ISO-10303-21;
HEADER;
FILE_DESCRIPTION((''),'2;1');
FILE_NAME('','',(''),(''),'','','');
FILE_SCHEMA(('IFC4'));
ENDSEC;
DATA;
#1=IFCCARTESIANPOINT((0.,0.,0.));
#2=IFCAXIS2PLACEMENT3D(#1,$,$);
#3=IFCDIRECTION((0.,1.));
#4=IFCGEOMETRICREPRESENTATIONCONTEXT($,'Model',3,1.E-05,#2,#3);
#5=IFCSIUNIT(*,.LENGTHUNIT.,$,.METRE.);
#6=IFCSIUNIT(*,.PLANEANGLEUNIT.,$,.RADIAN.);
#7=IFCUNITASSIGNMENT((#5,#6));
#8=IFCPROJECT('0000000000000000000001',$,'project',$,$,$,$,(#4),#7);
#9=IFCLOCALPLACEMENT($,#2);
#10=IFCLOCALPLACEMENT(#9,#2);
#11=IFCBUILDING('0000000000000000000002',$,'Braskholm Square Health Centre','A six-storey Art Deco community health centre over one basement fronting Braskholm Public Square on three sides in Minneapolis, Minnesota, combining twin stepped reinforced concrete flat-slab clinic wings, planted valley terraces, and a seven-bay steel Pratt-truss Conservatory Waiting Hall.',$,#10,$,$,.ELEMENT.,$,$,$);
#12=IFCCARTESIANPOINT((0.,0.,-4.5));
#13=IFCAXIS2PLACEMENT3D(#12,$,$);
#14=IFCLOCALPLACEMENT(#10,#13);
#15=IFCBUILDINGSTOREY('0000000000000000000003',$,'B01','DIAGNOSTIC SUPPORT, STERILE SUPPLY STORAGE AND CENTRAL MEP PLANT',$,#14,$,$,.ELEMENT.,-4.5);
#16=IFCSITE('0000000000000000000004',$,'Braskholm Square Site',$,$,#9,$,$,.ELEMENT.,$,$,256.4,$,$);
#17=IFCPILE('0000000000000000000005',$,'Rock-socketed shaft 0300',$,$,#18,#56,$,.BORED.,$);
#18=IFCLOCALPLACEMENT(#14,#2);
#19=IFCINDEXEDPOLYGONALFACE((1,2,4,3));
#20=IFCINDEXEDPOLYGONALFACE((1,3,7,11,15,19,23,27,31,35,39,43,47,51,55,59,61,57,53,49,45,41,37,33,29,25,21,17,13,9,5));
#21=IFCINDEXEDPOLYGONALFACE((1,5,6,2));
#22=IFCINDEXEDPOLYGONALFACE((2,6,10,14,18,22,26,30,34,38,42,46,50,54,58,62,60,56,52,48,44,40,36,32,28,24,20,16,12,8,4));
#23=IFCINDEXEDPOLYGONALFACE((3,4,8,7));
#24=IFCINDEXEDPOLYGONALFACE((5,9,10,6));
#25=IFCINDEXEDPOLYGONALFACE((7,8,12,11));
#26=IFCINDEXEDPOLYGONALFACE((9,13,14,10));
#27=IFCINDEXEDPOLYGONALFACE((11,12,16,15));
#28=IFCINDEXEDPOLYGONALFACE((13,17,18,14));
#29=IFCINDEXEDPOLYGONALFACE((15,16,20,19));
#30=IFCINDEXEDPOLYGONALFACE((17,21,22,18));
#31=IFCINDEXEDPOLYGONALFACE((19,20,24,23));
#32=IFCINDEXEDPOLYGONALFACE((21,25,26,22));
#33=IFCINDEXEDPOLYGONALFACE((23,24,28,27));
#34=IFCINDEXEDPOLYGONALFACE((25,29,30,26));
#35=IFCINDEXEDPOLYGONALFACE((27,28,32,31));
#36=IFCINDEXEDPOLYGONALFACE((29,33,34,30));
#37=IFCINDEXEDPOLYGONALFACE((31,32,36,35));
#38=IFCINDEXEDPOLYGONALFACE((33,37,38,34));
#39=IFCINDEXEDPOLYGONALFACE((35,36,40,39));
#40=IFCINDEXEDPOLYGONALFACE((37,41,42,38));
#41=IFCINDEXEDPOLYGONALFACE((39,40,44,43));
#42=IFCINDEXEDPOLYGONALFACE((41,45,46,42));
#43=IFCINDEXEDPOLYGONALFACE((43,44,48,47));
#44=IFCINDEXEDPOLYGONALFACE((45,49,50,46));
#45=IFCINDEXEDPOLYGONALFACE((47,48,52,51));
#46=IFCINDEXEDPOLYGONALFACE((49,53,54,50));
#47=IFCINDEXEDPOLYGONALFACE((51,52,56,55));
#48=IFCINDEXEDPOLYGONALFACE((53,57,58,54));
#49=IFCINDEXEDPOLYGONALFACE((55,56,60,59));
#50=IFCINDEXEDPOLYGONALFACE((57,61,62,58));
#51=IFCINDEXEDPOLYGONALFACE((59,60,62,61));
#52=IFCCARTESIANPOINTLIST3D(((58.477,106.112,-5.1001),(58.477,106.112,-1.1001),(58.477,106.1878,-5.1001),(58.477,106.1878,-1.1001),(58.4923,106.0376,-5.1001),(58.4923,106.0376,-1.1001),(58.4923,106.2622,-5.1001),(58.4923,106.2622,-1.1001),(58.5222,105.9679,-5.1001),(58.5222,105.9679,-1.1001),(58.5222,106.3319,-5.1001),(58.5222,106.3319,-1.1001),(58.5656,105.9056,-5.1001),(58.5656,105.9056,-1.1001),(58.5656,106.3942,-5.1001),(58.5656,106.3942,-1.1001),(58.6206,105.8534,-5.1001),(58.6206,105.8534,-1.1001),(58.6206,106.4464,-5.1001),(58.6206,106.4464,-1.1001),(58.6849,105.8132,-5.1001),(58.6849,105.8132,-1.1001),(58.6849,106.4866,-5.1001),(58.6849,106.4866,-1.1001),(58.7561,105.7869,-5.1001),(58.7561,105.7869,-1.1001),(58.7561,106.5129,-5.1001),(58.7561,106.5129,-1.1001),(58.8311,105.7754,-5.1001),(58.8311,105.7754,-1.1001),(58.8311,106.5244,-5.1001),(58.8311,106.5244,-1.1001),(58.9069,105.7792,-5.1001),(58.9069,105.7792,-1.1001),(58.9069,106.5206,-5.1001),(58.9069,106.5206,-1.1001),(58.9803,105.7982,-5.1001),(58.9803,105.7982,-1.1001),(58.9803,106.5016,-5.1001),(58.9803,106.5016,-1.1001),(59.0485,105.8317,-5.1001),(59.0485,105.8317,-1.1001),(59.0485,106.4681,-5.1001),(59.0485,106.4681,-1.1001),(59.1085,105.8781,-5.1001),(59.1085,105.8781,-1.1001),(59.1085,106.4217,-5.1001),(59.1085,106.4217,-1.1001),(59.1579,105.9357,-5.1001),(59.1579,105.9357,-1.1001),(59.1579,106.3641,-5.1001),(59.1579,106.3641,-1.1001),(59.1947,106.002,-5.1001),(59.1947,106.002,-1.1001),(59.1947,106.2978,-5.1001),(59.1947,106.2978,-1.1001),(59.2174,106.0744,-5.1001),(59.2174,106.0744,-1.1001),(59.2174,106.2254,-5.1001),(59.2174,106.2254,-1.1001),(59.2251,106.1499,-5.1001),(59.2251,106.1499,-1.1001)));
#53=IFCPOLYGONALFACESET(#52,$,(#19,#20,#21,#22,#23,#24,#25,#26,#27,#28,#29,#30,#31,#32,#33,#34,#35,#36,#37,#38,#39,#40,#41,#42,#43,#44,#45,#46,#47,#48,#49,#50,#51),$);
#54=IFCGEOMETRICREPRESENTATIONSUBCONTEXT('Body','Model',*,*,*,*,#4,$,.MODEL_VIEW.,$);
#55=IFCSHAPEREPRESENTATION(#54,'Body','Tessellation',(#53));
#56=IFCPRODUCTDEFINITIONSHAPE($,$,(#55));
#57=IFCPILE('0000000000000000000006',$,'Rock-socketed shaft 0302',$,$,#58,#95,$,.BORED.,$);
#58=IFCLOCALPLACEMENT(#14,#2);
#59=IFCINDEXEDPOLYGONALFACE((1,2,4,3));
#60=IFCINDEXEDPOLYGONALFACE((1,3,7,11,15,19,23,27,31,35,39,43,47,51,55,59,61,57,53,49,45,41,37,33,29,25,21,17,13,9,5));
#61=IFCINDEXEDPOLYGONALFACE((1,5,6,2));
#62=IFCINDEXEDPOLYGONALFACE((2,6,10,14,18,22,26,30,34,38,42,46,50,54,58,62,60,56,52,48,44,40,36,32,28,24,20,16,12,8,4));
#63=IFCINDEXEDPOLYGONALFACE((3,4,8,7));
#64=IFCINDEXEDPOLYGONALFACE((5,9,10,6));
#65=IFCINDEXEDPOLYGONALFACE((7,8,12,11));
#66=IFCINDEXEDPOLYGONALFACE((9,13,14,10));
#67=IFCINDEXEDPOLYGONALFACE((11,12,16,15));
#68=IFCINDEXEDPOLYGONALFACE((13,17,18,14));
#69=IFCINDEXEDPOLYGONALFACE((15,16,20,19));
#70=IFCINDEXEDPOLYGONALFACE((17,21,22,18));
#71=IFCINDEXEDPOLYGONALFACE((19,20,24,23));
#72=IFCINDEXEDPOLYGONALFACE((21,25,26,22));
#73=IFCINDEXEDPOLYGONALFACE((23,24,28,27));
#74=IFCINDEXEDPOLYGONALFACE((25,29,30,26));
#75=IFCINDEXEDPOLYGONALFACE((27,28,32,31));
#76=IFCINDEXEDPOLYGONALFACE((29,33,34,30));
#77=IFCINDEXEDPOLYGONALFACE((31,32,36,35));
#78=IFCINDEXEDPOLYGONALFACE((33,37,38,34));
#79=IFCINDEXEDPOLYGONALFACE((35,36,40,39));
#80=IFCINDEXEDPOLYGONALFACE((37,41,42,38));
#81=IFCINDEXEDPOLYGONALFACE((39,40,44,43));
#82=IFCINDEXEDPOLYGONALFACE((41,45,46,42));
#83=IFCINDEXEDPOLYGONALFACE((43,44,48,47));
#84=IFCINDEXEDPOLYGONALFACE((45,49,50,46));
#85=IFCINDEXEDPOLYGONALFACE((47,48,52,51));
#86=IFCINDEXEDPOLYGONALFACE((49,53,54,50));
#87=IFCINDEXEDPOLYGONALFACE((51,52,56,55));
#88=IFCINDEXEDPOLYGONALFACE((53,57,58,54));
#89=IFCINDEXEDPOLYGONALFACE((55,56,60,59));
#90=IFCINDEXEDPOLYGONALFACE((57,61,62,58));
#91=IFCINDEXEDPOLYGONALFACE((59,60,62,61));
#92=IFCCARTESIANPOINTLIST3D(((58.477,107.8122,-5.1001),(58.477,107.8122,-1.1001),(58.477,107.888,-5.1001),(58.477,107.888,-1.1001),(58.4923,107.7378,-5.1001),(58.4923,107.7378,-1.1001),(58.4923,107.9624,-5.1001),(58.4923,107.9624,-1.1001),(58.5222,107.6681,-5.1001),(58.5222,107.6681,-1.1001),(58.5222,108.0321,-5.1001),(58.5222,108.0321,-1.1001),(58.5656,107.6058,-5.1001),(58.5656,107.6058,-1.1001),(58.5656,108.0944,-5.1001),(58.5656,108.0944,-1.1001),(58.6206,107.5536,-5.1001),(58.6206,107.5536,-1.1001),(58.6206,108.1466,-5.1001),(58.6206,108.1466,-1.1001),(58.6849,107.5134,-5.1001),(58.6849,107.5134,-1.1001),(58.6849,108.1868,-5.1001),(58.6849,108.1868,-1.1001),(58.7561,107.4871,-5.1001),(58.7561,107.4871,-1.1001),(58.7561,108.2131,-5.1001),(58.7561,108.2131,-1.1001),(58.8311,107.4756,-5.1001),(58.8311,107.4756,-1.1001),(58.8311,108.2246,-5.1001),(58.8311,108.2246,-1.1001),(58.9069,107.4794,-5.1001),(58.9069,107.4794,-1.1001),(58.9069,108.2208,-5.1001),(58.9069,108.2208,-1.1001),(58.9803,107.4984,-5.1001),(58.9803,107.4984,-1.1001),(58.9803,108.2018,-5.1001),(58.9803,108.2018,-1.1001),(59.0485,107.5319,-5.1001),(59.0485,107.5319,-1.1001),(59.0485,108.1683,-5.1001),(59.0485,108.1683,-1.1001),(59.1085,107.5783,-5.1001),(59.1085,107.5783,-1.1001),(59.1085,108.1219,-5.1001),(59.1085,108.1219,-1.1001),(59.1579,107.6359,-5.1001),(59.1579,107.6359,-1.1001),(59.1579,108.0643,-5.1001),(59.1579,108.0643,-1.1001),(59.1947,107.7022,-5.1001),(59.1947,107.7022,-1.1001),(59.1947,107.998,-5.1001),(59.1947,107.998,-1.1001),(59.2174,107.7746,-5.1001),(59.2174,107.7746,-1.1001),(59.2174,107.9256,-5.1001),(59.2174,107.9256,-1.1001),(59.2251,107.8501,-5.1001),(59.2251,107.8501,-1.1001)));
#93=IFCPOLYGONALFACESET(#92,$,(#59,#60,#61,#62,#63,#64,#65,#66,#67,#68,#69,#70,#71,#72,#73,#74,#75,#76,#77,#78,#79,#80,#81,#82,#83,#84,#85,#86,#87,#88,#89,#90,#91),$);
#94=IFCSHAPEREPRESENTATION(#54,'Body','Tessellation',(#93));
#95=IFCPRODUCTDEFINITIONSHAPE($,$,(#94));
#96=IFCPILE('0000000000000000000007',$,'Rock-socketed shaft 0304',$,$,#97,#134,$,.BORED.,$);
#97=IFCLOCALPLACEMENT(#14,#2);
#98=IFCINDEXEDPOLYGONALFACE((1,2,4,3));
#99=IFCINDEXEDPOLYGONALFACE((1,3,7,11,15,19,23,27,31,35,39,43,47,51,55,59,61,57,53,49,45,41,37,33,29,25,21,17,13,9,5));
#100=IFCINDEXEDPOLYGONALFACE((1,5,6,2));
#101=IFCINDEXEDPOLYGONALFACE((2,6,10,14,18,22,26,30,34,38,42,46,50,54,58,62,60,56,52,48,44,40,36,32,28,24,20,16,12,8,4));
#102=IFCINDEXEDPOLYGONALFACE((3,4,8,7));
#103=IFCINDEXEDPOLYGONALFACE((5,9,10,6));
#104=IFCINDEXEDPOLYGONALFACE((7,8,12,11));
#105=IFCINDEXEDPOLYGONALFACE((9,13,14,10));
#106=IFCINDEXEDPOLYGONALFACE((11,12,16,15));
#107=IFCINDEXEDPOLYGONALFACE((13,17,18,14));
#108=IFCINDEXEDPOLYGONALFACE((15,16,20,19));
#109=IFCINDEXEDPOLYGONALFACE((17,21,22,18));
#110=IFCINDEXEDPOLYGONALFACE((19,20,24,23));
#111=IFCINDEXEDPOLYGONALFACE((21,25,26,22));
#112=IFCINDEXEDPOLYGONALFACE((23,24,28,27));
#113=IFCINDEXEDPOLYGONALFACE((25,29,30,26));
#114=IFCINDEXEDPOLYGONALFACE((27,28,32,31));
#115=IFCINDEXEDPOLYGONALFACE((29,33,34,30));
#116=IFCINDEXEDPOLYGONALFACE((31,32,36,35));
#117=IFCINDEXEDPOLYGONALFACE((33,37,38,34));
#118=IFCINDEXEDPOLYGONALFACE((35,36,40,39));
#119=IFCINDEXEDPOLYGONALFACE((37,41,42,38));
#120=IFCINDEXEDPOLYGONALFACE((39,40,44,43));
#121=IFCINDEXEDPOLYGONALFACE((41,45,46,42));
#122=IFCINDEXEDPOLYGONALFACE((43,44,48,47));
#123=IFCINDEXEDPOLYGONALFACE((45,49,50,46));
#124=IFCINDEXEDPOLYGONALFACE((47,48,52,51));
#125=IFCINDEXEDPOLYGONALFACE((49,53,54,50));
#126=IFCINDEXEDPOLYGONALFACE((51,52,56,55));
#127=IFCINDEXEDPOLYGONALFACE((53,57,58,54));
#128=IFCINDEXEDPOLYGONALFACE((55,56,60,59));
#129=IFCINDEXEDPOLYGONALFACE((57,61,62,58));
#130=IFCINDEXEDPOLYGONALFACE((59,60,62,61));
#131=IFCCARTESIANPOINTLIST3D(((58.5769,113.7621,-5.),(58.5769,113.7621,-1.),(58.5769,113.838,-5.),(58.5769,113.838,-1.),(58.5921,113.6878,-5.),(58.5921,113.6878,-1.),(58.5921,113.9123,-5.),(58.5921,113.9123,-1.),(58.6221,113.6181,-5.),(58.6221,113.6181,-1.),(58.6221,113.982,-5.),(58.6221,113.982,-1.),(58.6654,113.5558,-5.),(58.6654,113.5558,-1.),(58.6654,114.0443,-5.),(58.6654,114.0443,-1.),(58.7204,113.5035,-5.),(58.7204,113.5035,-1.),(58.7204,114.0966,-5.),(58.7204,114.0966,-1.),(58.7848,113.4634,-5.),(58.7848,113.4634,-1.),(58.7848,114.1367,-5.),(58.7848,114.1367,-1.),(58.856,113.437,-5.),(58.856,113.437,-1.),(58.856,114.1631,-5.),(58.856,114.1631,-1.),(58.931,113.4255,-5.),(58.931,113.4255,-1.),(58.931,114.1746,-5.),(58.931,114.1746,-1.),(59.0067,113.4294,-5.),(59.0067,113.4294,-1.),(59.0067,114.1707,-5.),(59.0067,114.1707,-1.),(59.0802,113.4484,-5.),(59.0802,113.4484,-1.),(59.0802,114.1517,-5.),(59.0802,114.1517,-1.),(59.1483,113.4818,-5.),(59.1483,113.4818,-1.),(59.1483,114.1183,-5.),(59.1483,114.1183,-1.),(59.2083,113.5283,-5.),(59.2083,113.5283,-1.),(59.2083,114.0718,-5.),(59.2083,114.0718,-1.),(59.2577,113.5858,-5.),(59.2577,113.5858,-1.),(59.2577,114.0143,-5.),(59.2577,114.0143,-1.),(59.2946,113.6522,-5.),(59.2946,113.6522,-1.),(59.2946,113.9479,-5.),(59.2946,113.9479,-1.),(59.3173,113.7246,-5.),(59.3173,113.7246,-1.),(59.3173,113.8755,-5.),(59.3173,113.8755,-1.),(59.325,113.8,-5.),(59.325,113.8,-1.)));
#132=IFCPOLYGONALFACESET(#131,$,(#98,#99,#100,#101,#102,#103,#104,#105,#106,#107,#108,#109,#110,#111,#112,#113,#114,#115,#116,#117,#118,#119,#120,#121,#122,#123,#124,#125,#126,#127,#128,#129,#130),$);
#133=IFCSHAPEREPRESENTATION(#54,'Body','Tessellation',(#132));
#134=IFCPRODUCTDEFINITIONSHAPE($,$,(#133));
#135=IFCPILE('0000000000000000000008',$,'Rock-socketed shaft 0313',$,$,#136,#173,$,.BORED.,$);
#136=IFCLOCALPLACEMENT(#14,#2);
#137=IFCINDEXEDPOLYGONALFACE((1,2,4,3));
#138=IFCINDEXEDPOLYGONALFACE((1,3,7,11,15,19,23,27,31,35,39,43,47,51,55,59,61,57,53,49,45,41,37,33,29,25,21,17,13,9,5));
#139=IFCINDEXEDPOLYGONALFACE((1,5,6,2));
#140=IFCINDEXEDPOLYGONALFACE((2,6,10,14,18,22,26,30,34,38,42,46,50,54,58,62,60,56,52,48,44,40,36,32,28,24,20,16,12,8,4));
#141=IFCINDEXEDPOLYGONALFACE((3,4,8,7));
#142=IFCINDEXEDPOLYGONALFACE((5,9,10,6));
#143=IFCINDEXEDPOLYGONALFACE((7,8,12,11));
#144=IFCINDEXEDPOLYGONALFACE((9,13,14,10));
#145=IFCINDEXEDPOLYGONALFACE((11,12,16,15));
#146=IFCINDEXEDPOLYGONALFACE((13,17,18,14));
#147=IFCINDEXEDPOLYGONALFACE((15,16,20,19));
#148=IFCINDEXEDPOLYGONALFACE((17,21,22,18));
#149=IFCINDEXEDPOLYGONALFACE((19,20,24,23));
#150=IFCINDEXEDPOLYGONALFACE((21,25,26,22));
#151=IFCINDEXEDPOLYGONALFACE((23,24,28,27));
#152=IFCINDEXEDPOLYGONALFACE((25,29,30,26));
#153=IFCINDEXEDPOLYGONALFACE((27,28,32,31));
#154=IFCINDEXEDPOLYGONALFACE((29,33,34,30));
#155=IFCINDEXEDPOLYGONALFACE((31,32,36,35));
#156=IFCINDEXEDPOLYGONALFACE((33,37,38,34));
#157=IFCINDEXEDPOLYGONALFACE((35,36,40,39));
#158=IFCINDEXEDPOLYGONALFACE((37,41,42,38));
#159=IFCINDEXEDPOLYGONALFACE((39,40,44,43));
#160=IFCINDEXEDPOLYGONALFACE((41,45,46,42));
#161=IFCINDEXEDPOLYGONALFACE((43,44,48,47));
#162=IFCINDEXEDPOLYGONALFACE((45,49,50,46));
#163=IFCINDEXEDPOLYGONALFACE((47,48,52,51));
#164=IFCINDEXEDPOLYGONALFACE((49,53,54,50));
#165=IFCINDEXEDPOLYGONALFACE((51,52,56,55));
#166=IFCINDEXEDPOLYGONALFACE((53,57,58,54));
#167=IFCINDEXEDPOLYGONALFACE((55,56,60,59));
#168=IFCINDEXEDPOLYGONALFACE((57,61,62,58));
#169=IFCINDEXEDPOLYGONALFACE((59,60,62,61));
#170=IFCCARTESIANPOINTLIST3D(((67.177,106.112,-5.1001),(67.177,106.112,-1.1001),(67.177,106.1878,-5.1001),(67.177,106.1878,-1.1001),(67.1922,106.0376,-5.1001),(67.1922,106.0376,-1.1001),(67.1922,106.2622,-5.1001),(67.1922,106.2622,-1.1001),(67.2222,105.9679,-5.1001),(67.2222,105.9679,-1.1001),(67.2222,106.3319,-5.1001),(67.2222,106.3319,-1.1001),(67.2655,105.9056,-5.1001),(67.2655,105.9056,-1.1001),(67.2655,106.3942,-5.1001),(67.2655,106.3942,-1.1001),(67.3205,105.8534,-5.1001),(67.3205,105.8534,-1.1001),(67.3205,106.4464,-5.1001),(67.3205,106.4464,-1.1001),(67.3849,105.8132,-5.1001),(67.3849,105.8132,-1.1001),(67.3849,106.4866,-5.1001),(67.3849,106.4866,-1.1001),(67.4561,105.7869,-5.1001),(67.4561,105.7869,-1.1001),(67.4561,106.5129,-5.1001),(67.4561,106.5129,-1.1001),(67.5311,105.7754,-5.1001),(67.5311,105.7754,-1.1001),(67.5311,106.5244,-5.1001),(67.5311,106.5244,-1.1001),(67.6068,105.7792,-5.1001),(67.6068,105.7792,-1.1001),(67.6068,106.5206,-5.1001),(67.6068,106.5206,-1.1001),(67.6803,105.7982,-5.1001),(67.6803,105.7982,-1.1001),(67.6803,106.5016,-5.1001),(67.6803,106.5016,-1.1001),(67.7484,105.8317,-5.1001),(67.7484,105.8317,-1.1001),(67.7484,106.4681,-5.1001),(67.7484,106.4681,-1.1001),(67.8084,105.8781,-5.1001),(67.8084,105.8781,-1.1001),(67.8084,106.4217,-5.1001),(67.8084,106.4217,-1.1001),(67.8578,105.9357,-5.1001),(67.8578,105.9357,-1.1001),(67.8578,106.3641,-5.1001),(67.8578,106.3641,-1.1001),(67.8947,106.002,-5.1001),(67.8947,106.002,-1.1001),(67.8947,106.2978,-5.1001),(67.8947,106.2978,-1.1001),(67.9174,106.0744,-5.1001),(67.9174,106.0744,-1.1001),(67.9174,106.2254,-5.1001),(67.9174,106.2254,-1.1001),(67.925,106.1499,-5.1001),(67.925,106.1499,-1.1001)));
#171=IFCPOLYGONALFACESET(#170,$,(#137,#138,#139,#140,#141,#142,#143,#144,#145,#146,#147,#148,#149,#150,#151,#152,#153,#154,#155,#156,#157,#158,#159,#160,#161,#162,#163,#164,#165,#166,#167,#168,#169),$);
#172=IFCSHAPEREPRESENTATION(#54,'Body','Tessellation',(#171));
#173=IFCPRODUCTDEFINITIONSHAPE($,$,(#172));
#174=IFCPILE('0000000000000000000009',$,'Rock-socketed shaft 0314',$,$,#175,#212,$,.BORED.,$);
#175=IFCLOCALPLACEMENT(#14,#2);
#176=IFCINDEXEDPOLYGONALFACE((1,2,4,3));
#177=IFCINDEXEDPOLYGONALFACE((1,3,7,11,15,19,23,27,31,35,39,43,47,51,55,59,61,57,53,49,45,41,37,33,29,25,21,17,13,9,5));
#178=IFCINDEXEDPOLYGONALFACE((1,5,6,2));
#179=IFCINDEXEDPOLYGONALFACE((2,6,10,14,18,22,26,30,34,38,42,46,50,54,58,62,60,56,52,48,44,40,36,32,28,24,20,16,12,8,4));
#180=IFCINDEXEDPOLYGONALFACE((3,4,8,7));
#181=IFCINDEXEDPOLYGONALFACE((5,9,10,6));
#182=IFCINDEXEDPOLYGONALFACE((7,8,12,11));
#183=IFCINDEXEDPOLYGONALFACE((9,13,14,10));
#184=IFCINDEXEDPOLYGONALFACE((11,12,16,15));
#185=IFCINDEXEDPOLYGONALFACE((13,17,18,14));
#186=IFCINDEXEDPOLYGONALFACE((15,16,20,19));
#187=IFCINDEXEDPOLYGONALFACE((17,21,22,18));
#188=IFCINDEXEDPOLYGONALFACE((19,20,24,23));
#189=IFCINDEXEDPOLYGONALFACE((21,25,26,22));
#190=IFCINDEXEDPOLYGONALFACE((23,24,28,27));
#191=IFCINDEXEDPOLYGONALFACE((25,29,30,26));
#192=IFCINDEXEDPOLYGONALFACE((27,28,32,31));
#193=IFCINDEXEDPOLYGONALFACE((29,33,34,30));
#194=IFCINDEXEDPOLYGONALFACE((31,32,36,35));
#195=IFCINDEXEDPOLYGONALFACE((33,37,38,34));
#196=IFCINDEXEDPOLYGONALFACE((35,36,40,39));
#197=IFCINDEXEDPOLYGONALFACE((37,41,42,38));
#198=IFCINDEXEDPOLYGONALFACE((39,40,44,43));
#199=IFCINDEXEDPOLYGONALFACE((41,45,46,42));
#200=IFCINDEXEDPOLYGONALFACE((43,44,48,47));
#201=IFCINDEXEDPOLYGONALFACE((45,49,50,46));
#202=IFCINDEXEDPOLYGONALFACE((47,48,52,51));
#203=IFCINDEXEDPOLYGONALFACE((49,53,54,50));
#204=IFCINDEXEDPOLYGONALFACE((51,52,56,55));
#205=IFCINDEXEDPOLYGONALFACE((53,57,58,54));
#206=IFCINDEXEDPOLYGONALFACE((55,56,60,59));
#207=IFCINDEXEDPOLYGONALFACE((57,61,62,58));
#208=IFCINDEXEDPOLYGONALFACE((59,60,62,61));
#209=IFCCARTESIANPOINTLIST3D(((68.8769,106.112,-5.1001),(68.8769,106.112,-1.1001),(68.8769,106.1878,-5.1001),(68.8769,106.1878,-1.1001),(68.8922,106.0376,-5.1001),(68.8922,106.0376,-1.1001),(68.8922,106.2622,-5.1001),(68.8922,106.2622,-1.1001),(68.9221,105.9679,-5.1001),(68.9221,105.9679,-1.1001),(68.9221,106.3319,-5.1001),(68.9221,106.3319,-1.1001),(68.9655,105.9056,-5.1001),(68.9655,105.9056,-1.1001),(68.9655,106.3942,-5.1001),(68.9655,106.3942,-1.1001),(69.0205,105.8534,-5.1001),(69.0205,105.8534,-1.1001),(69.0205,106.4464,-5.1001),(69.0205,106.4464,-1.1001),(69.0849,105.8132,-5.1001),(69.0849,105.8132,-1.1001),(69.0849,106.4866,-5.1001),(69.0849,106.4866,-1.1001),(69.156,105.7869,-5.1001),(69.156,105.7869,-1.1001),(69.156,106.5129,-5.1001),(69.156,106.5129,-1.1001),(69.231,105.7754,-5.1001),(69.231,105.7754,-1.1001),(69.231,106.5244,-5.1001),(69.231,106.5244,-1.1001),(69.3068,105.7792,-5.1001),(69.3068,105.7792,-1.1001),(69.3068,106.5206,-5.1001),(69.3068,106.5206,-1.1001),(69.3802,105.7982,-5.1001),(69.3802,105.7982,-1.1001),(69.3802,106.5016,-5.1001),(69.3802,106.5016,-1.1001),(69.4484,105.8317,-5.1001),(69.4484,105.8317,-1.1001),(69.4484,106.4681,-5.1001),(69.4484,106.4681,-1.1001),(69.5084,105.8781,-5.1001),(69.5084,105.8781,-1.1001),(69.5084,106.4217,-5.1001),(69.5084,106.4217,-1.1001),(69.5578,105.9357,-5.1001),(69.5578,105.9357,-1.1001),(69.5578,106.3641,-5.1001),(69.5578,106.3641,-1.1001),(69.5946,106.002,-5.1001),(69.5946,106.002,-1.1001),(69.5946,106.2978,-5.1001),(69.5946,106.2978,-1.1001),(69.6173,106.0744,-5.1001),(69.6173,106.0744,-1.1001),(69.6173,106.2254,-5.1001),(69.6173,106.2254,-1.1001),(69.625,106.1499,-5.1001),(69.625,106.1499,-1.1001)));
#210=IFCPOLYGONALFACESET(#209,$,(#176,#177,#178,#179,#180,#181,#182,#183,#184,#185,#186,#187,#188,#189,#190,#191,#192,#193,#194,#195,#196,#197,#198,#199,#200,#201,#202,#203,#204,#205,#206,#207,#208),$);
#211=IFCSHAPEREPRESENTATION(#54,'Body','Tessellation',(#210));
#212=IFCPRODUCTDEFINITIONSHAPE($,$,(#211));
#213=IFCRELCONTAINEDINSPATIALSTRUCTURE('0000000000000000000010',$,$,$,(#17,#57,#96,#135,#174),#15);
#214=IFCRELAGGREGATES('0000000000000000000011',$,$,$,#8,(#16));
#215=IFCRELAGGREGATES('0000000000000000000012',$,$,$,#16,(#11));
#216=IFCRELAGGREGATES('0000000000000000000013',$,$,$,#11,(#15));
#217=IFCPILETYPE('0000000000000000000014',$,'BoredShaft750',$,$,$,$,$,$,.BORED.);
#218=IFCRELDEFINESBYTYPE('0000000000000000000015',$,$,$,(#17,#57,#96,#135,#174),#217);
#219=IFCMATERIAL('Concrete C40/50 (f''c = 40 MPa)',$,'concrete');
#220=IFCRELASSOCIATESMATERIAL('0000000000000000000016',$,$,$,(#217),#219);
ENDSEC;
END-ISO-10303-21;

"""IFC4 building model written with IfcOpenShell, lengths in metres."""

from ifc_helpers import new_model, si_unit, direction, frame, origin, origin_2d, place, context, subcontext, project, spatial, circle, extrude, material, material_profile, profile_set, type_object, element, save


model = new_model("IFC4")

# Units and contexts
model_context = context("Model", 3, precision=1e-05, world=origin(), true_north=direction((0.0, 1.0)))
body_context = subcontext(model_context, "Body", "Model", "MODEL_VIEW")
ifc_project = project(units=[si_unit("LENGTHUNIT", "METRE"), si_unit("PLANEANGLEUNIT", "RADIAN")], contexts=[model_context])

# Site, building, storey
site_placement = place(None, origin())
site = spatial("IfcSite", under=ifc_project, at=site_placement, Name="Braskholm Square Site", CompositionType="ELEMENT", RefElevation=256.4)
building_placement = place(site_placement, origin())
building = spatial("IfcBuilding", under=site, at=building_placement, Name="Braskholm Square Health Centre", Description="A six-storey Art Deco community health centre over one basement fronting Braskholm Public Square on three sides in Minneapolis, Minnesota, combining twin stepped reinforced concrete flat-slab clinic wings, planted valley terraces, and a seven-bay steel Pratt-truss Conservatory Waiting Hall.", CompositionType="ELEMENT")
storey_placement = place(building_placement, frame((0.0, 0.0, -4.5)))
storey = spatial("IfcBuildingStorey", under=building, at=storey_placement, Name="B01", Description="DIAGNOSTIC SUPPORT, STERILE SUPPLY STORAGE AND CENTRAL MEP PLANT", CompositionType="ELEMENT", Elevation=-4.5)

# Piles
ifc_material_1 = material(Name="Concrete C40/50 (f'c = 40 MPa)", Category="concrete")
ifc_material_profile_1 = material_profile(ifc_material_1, circle(Radius=0.375, at=origin_2d()), Name="BORED-PILE-750")
ifc_profile_set_1 = profile_set([ifc_material_profile_1], Name="Concrete C40/50 (f'c = 40 MPa)")
pile_type_1 = type_object("IfcPileType", Name="BoredShaft750", PredefinedType="BORED", material=ifc_profile_set_1)
for number, where, z_axis, x_axis, name in (
    (1, (58.8501, 106.1499, -1.1001), (0.0, 0.0, -1.0), (1.0, 0.0, 0.0), "Rock-socketed shaft 0300"),
    (2, (58.8501, 107.8501, -1.1001), (0.0, 0.0, -1.0), (1.0, 0.0, 0.0), "Rock-socketed shaft 0302"),
    (3, (58.95, 113.8, -1.0), (0.0, 0.0, -1.0), (1.0, 0.0, 0.0), "Rock-socketed shaft 0304"),
    (4, (67.55, 106.1499, -1.1001), (0.0, 0.0, -1.0), (1.0, 0.0, 0.0), "Rock-socketed shaft 0313"),
    (5, (69.25, 106.1499, -1.1001), (0.0, 0.0, -1.0), (1.0, 0.0, 0.0), "Rock-socketed shaft 0314"),
):
    element("IfcPile", number, at=place(storey_placement, frame(where, z_axis=z_axis, x_axis=x_axis)), inside=storey, type_object=pile_type_1, Name=name, PredefinedType="BORED", context=body_context, shape_type="SweptSolid", body=[
        extrude(circle(Radius=0.375, at=origin_2d()), origin(), (0.0, 0.0, 1.0), 4.0),
    ])

save(model, "model.ifc")
